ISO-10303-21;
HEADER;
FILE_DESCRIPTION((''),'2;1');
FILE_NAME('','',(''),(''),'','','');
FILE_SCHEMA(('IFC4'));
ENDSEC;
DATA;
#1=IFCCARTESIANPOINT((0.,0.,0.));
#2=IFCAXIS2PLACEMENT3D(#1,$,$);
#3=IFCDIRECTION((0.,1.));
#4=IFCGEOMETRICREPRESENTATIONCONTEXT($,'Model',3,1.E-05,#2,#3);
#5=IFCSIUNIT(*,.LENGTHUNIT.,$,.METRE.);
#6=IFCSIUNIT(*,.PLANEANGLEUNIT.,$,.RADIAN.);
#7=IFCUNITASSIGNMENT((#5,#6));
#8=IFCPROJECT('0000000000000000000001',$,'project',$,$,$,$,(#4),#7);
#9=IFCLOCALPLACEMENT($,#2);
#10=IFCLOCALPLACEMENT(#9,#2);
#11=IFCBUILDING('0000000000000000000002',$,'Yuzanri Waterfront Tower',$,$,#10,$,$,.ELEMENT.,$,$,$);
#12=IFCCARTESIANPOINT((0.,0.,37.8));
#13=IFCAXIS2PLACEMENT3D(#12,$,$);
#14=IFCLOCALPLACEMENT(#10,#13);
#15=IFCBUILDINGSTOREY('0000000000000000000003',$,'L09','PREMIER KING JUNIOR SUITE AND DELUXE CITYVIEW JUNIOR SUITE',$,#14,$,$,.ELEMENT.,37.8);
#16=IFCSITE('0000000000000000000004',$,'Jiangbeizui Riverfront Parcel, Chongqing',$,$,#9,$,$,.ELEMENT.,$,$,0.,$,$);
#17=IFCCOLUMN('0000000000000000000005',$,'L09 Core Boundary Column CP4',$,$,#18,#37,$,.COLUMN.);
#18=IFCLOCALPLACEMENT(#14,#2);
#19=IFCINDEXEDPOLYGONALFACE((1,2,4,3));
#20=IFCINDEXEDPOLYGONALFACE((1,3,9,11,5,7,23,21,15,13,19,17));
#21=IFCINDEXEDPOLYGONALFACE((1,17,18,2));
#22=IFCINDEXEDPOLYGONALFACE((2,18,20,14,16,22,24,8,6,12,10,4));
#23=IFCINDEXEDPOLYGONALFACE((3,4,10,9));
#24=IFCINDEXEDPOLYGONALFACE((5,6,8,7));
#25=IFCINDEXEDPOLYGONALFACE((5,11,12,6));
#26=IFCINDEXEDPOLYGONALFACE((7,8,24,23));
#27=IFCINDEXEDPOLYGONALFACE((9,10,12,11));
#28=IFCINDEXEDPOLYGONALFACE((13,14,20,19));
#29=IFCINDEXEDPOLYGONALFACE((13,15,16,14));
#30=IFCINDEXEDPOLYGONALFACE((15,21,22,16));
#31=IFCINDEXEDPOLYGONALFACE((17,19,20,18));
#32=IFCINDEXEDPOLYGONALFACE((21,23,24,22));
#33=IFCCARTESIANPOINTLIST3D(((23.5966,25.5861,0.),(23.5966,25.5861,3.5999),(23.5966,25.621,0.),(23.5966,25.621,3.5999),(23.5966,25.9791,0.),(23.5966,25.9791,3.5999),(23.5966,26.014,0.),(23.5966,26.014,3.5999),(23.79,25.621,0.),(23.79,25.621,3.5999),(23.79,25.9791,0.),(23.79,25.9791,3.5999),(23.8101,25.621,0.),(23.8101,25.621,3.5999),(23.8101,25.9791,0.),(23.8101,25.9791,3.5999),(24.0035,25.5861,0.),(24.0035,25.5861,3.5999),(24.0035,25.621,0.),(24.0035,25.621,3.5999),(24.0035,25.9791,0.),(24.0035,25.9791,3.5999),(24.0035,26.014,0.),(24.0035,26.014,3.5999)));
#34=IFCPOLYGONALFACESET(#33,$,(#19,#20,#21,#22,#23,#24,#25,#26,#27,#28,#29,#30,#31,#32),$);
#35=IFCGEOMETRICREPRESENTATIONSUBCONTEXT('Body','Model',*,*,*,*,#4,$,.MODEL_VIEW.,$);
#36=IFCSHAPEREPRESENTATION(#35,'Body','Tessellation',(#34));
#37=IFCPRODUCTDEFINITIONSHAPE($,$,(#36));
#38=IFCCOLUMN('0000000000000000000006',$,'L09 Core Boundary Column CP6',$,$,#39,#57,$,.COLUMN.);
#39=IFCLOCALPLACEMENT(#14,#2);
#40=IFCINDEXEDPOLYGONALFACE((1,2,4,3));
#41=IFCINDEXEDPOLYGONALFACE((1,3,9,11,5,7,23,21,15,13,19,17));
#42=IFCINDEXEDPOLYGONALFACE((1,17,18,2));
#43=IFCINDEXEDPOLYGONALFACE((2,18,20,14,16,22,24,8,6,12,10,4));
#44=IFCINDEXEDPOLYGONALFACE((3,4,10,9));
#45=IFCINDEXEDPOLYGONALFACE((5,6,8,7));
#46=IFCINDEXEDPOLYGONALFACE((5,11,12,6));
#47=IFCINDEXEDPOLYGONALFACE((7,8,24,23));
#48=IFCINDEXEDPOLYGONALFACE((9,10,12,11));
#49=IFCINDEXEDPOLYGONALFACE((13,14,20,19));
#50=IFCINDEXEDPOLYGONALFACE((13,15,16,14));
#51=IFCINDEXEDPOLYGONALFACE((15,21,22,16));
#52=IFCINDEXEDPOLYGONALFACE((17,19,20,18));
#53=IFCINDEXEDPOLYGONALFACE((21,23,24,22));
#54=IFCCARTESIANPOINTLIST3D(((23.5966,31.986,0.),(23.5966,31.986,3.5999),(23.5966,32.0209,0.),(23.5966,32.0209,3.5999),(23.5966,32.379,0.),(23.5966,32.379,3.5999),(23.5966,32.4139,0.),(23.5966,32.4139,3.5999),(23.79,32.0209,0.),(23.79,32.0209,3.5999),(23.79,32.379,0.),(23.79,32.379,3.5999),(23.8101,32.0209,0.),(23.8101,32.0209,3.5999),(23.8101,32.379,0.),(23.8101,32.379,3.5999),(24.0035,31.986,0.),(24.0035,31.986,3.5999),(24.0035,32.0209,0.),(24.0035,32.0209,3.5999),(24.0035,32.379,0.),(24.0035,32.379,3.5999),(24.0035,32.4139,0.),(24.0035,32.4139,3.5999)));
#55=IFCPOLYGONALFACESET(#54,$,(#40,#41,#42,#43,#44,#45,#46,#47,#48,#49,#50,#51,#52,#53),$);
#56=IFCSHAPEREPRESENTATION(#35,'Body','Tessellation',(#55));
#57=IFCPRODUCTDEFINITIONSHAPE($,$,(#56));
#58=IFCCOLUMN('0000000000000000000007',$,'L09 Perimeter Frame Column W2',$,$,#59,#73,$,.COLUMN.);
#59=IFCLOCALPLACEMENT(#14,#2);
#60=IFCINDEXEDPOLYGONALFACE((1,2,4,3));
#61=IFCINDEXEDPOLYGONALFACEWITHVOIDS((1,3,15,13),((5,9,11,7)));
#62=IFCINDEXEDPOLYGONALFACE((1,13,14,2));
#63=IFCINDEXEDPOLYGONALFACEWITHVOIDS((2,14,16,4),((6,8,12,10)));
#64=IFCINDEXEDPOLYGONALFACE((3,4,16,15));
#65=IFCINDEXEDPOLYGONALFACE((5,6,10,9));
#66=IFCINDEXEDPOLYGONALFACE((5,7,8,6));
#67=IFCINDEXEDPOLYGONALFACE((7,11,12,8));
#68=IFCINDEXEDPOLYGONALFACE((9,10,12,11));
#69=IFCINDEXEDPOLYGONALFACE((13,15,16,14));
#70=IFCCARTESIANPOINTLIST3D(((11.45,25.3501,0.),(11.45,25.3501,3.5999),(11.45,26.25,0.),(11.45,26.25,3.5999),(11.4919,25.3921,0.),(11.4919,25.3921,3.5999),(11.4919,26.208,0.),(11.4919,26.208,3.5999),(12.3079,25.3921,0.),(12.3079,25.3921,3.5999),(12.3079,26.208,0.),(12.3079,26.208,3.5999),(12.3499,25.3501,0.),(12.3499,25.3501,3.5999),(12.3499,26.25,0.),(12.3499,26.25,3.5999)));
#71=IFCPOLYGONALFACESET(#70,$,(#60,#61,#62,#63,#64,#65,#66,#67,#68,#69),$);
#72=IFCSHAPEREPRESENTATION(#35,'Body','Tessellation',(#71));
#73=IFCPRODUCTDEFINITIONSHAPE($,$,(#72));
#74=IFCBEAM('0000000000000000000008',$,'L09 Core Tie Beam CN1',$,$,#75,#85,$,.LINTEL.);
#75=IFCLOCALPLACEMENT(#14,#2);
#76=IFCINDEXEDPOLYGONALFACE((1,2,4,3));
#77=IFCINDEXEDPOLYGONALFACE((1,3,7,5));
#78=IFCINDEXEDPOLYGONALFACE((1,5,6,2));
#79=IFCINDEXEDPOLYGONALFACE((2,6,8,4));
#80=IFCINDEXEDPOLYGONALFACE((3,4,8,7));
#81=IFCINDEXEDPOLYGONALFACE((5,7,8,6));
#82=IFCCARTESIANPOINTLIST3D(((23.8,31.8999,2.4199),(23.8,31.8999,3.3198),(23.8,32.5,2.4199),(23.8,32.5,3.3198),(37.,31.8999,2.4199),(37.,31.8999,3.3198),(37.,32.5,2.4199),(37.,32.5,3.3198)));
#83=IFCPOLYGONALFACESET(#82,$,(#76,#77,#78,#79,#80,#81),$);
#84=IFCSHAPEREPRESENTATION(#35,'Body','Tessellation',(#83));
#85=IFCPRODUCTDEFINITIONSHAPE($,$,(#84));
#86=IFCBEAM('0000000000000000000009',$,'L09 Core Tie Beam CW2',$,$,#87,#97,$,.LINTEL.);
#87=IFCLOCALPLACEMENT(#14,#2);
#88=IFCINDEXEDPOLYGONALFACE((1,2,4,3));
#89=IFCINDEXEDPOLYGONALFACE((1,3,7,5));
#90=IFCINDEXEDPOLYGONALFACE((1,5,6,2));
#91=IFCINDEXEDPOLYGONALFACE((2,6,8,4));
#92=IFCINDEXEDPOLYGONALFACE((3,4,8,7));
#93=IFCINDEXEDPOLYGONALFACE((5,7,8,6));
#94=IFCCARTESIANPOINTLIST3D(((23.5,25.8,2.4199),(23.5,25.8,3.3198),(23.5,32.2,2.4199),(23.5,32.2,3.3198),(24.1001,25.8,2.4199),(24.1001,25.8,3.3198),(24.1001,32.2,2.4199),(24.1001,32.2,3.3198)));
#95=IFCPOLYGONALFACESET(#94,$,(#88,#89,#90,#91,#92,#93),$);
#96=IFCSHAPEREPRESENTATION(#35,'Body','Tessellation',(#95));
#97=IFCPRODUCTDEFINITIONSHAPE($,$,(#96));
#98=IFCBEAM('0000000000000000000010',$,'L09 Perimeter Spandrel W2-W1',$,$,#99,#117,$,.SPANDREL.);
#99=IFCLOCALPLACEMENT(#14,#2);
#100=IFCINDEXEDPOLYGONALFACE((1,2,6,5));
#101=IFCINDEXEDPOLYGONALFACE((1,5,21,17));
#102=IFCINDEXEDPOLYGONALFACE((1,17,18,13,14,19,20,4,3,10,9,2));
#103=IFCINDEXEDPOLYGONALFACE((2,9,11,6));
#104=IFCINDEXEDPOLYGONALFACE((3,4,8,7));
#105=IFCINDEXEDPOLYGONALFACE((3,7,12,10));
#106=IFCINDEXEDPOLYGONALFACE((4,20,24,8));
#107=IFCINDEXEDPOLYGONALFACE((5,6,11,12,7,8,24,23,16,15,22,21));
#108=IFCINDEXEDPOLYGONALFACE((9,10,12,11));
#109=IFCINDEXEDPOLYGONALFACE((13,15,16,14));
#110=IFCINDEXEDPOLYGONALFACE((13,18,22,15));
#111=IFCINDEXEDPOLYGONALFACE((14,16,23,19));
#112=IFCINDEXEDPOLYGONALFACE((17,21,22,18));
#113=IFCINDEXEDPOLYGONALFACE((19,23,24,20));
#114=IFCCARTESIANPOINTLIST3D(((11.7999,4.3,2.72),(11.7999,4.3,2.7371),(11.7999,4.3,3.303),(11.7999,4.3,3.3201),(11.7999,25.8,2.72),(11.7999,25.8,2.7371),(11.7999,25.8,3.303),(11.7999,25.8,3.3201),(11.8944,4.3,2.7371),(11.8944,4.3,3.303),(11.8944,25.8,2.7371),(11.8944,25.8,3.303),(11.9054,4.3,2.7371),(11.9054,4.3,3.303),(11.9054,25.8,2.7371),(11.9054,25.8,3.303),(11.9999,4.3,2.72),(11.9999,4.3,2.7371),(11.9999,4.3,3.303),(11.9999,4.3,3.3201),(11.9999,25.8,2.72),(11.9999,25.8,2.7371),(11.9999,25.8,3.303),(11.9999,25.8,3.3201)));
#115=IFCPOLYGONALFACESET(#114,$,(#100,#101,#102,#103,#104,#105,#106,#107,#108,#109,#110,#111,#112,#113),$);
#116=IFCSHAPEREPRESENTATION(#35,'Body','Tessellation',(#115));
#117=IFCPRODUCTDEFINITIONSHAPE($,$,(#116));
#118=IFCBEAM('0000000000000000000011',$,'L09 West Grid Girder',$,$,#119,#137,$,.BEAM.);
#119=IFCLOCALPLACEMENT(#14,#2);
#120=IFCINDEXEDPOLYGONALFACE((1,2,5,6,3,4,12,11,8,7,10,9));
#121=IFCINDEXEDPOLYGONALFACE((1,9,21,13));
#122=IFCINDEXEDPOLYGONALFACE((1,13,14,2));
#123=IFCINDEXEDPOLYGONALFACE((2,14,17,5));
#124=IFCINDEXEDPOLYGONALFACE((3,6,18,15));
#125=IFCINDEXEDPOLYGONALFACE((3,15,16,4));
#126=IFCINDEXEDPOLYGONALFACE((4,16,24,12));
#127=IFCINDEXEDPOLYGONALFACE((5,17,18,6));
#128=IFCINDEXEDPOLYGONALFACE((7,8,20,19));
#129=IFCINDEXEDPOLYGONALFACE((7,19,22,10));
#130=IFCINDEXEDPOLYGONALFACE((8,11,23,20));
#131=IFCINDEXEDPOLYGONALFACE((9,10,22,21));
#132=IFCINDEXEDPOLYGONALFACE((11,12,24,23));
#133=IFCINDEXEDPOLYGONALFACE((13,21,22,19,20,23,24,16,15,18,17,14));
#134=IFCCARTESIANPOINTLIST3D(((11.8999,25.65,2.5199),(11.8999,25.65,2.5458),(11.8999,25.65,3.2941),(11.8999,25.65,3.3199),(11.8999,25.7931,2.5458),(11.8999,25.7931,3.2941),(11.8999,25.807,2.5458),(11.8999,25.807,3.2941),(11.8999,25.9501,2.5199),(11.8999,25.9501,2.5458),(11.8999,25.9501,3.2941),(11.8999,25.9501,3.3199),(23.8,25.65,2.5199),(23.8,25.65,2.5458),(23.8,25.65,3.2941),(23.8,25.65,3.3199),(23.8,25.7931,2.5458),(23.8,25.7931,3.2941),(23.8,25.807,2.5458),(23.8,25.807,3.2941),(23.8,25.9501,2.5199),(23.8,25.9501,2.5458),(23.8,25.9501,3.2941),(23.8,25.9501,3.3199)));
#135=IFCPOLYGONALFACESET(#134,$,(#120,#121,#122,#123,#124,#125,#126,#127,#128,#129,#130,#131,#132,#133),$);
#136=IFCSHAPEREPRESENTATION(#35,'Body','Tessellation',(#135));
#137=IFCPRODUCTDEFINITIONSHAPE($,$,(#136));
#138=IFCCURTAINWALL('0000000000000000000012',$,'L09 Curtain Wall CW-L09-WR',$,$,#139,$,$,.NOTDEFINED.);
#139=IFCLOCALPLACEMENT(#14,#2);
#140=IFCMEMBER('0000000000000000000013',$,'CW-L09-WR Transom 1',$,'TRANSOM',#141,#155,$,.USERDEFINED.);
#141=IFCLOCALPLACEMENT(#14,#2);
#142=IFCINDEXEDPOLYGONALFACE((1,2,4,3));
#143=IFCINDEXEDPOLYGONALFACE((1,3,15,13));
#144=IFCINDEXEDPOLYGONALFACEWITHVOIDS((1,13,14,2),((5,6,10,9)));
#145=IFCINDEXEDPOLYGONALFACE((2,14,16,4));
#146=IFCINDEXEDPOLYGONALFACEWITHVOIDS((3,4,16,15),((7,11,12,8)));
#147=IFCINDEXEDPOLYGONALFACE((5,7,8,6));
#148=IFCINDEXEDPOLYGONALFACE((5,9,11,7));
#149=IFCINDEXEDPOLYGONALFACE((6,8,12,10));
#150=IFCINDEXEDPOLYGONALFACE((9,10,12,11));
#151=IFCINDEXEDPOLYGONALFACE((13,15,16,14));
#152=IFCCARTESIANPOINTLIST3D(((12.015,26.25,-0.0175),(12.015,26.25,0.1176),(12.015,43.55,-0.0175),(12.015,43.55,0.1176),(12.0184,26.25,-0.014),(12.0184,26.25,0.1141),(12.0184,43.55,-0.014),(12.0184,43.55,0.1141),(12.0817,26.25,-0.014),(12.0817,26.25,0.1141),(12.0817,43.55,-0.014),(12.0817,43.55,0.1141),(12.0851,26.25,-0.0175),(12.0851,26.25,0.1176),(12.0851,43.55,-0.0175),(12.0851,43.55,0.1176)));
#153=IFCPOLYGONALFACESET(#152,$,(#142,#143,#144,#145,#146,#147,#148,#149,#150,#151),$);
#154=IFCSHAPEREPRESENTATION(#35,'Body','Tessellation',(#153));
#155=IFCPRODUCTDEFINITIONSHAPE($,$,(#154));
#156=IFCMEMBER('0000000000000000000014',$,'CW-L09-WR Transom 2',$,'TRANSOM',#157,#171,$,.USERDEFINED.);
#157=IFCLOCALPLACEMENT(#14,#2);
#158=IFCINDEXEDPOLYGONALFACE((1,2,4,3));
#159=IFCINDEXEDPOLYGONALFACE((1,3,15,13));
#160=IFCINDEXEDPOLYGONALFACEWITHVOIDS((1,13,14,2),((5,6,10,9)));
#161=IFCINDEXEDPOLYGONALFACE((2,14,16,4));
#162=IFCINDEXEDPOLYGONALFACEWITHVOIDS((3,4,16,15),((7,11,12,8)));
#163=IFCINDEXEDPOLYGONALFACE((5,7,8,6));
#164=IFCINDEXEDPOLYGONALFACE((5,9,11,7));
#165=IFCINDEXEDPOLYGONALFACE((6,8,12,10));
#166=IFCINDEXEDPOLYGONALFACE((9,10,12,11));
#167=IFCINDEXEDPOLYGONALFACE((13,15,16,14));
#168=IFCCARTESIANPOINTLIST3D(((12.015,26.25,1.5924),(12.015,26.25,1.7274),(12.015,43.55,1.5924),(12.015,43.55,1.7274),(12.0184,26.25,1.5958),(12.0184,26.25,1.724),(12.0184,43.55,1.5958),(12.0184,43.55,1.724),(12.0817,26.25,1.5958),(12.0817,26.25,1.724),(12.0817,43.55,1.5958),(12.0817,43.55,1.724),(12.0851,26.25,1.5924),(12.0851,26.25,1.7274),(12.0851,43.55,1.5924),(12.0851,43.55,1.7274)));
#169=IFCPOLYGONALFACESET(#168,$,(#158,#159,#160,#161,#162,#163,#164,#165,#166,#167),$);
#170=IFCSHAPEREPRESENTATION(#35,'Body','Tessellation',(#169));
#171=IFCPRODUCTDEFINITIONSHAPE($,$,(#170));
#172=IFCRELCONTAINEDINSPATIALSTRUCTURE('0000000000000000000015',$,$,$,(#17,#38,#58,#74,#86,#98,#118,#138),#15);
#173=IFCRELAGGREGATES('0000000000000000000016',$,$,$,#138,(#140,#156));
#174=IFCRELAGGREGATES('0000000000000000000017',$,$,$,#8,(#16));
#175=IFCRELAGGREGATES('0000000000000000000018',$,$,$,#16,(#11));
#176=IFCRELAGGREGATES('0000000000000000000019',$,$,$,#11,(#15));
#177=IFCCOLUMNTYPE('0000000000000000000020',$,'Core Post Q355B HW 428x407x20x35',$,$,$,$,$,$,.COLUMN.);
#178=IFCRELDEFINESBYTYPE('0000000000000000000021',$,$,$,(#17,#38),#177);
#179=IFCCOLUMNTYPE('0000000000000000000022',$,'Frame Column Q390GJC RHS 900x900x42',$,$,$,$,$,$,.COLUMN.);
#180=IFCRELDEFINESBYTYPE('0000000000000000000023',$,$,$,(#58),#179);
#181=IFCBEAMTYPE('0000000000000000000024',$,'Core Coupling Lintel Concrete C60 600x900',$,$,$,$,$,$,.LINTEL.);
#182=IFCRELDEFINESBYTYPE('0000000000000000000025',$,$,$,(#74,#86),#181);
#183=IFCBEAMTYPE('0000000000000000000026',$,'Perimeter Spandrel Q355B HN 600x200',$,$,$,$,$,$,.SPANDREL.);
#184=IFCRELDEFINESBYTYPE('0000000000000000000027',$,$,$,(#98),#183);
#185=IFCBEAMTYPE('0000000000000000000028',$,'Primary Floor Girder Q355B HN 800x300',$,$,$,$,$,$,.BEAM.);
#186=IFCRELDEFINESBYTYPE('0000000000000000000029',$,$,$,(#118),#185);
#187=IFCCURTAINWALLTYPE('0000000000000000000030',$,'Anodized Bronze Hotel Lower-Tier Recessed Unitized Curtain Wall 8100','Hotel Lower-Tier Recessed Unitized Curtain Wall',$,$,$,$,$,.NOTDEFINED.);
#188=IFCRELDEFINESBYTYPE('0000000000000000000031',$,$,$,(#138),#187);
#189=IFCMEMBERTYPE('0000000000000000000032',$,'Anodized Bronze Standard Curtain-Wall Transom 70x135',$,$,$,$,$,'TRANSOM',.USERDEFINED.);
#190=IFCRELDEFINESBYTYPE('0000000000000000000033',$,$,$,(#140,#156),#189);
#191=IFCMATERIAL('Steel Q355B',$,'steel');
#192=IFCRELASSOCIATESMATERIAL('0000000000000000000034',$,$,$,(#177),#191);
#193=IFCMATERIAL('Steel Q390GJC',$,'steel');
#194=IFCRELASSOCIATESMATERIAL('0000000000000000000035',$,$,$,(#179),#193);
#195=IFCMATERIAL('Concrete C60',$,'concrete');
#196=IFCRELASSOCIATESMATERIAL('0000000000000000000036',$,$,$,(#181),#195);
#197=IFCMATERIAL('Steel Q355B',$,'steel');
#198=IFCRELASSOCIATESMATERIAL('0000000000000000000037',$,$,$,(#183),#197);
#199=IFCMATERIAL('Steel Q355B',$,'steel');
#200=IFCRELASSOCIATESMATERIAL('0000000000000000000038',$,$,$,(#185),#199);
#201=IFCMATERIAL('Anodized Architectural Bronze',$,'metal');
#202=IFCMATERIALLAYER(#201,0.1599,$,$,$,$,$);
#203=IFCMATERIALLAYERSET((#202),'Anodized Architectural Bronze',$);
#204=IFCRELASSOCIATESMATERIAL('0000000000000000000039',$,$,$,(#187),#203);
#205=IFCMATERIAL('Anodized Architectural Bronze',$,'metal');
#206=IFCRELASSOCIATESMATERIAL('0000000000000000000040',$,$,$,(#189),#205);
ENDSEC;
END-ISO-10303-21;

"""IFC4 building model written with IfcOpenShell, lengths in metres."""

from ifc_helpers import new_model, si_unit, direction, frame, origin, origin_2d, place, context, subcontext, project, spatial, rectangle, hollow_rectangle, i_section, extrude, source, transform, mapped, material, layer, layer_set, material_profile, profile_set, type_object, element, aggregate, save


model = new_model("IFC4")

# Units and contexts
model_context = context("Model", 3, precision=1e-05, world=origin(), true_north=direction((0.0, 1.0)))
body_context = subcontext(model_context, "Body", "Model", "MODEL_VIEW")
ifc_project = project(units=[si_unit("LENGTHUNIT", "METRE"), si_unit("PLANEANGLEUNIT", "RADIAN")], contexts=[model_context])

# Site, building, storey
site_placement = place(None, origin())
site = spatial("IfcSite", under=ifc_project, at=site_placement, Name="Jiangbeizui Riverfront Parcel, Chongqing", CompositionType="ELEMENT", RefElevation=0.0)
building_placement = place(site_placement, origin())
building = spatial("IfcBuilding", under=site, at=building_placement, Name="Yuzanri Waterfront Tower", CompositionType="ELEMENT")
storey_placement = place(building_placement, frame((0.0, 0.0, 37.8)))
storey = spatial("IfcBuildingStorey", under=building, at=storey_placement, Name="L09", Description="PREMIER KING JUNIOR SUITE AND DELUXE CITYVIEW JUNIOR SUITE", CompositionType="ELEMENT", Elevation=37.8)

# Columns
ifc_material_1 = material(Name="Steel Q355B", Category="steel")
ifc_material_profile_1 = material_profile(ifc_material_1, i_section(OverallWidth=0.407, OverallDepth=0.428, WebThickness=0.02, FlangeThickness=0.0349, at=origin_2d()), Name="HW 428x407x20x35")
ifc_profile_set_1 = profile_set([ifc_material_profile_1], Name="Steel Q355B")
column_type_1 = type_object("IfcColumnType", Name="Core Post Q355B HW 428x407x20x35", PredefinedType="COLUMN", material=ifc_profile_set_1)
shared_shape_1 = source(origin(), body_context, "Body", "SweptSolid", [
    extrude(i_section(OverallWidth=0.407, OverallDepth=0.428, WebThickness=0.02, FlangeThickness=0.0349, at=origin_2d()), origin(), (0.0, 0.0, 1.0), 3.5999),
])
for number, where, z_axis, x_axis, name in (
    (1, (23.8, 25.8, 0.0), (0.0, 0.0, 1.0), (1.0, 0.0, 0.0), "L09 Core Boundary Column CP4"),
    (2, (23.8, 32.2, 0.0), (0.0, 0.0, 1.0), (1.0, 0.0, 0.0), "L09 Core Boundary Column CP6"),
):
    element("IfcColumn", number, at=place(storey_placement, frame(where, z_axis=z_axis, x_axis=x_axis)), inside=storey, type_object=column_type_1, Name=name, PredefinedType="COLUMN", context=body_context, shape_type="MappedRepresentation", body=[
        mapped(shared_shape_1, transform((0.0, 0.0, 0.0), scale=1.0)),
    ])
ifc_material_2 = material(Name="Steel Q390GJC", Category="steel")
ifc_material_profile_2 = material_profile(ifc_material_2, hollow_rectangle(XDim=0.8999, YDim=0.8999, WallThickness=0.042, at=origin_2d()), Name="RHS 900x900x42")
ifc_profile_set_2 = profile_set([ifc_material_profile_2], Name="Steel Q390GJC")
column_type_2 = type_object("IfcColumnType", Name="Frame Column Q390GJC RHS 900x900x42", PredefinedType="COLUMN", material=ifc_profile_set_2)
shared_shape_2 = source(origin(), body_context, "Body", "SweptSolid", [
    extrude(hollow_rectangle(XDim=0.8999, YDim=0.8999, WallThickness=0.042, at=origin_2d()), origin(), (0.0, 0.0, 1.0), 3.5999),
])
column_placement = place(storey_placement, frame((11.8999, 25.8, 0.0), z_axis=(0.0, 0.0, 1.0), x_axis=(1.0, 0.0, 0.0)))
element("IfcColumn", 3, at=column_placement, inside=storey, type_object=column_type_2, Name="L09 Perimeter Frame Column W2", PredefinedType="COLUMN", context=body_context, shape_type="MappedRepresentation", body=[
    mapped(shared_shape_2, transform((0.0, 0.0, 0.0), scale=1.0)),
])

# Beams
ifc_material_3 = material(Name="Concrete C60", Category="concrete")
ifc_material_profile_3 = material_profile(ifc_material_3, rectangle(XDim=0.6001, YDim=0.8999, at=origin_2d()), Name="RC 600x900")
ifc_profile_set_3 = profile_set([ifc_material_profile_3], Name="Concrete C60")
beam_type_1 = type_object("IfcBeamType", Name="Core Coupling Lintel Concrete C60 600x900", PredefinedType="LINTEL", material=ifc_profile_set_3)
shared_shape_3 = source(origin(), body_context, "Body", "SweptSolid", [
    extrude(rectangle(XDim=0.6001, YDim=0.8999, at=origin_2d()), origin(), (0.0, 0.0, 1.0), 13.2),
])
beam_1_placement = place(storey_placement, frame((23.8, 32.2, 2.8699), z_axis=(1.0, 0.0, 0.0), x_axis=(0.0, 1.0, 0.0)))
element("IfcBeam", 4, at=beam_1_placement, inside=storey, type_object=beam_type_1, Name="L09 Core Tie Beam CN1", PredefinedType="LINTEL", context=body_context, shape_type="MappedRepresentation", body=[
    mapped(shared_shape_3, transform((0.0, 0.0, 0.0), scale=1.0)),
])
shared_shape_4 = source(origin(), body_context, "Body", "SweptSolid", [
    extrude(rectangle(XDim=0.6001, YDim=0.8999, at=origin_2d()), origin(), (0.0, 0.0, 1.0), 6.3999),
])
beam_2_placement = place(storey_placement, frame((23.8, 25.8, 2.8699), z_axis=(0.0, 1.0, 0.0), x_axis=(-1.0, 0.0, 0.0)))
element("IfcBeam", 5, at=beam_2_placement, inside=storey, type_object=beam_type_1, Name="L09 Core Tie Beam CW2", PredefinedType="LINTEL", context=body_context, shape_type="MappedRepresentation", body=[
    mapped(shared_shape_4, transform((0.0, 0.0, 0.0), scale=1.0)),
])
ifc_material_4 = material(Name="Steel Q355B", Category="steel")
ifc_material_profile_4 = material_profile(ifc_material_4, i_section(OverallWidth=0.2, OverallDepth=0.6001, WebThickness=0.011, FlangeThickness=0.0171, at=origin_2d()), Name="HN 600x200x11x17")
ifc_profile_set_4 = profile_set([ifc_material_profile_4], Name="Steel Q355B")
beam_type_2 = type_object("IfcBeamType", Name="Perimeter Spandrel Q355B HN 600x200", PredefinedType="SPANDREL", material=ifc_profile_set_4)
shared_shape_5 = source(origin(), body_context, "Body", "SweptSolid", [
    extrude(i_section(OverallWidth=0.2, OverallDepth=0.6001, WebThickness=0.011, FlangeThickness=0.0171, at=origin_2d()), origin(), (0.0, 0.0, 1.0), 21.5),
])
beam_3_placement = place(storey_placement, frame((11.8999, 25.8, 3.02), z_axis=(0.0, -1.0, 0.0), x_axis=(1.0, 0.0, 0.0)))
element("IfcBeam", 6, at=beam_3_placement, inside=storey, type_object=beam_type_2, Name="L09 Perimeter Spandrel W2-W1", PredefinedType="SPANDREL", context=body_context, shape_type="MappedRepresentation", body=[
    mapped(shared_shape_5, transform((0.0, 0.0, 0.0), scale=1.0)),
])
ifc_material_5 = material(Name="Steel Q355B", Category="steel")
ifc_material_profile_5 = material_profile(ifc_material_5, i_section(OverallWidth=0.3, OverallDepth=0.8, WebThickness=0.0139, FlangeThickness=0.0259, at=origin_2d()), Name="HN 800x300x14x26")
ifc_profile_set_5 = profile_set([ifc_material_profile_5], Name="Steel Q355B")
beam_type_3 = type_object("IfcBeamType", Name="Primary Floor Girder Q355B HN 800x300", PredefinedType="BEAM", material=ifc_profile_set_5)
shared_shape_6 = source(origin(), body_context, "Body", "SweptSolid", [
    extrude(i_section(OverallWidth=0.3, OverallDepth=0.8, WebThickness=0.0139, FlangeThickness=0.0259, at=origin_2d()), origin(), (0.0, 0.0, 1.0), 11.9001),
])
beam_4_placement = place(storey_placement, frame((23.8, 25.8, 2.9199), z_axis=(-1.0, 0.0, 0.0), x_axis=(0.0, -1.0, 0.0)))
element("IfcBeam", 7, at=beam_4_placement, inside=storey, type_object=beam_type_3, Name="L09 West Grid Girder", PredefinedType="BEAM", context=body_context, shape_type="MappedRepresentation", body=[
    mapped(shared_shape_6, transform((0.0, 0.0, 0.0), scale=1.0)),
])

# Curtain wall, members
ifc_material_6 = material(Name="Anodized Architectural Bronze", Category="metal")
ifc_layer_1 = layer(ifc_material_6, 0.1599)
ifc_layer_set_1 = layer_set([ifc_layer_1], Name="Anodized Architectural Bronze")
curtain_wall_type = type_object("IfcCurtainWallType", Name="Anodized Bronze Hotel Lower-Tier Recessed Unitized Curtain Wall 8100", Description="Hotel Lower-Tier Recessed Unitized Curtain Wall", PredefinedType="NOTDEFINED", material=ifc_layer_set_1)
curtain_wall_1_placement = place(storey_placement, origin())
curtain_wall_1 = element("IfcCurtainWall", 8, at=curtain_wall_1_placement, inside=storey, type_object=curtain_wall_type, Name="L09 Curtain Wall CW-L09-WR", PredefinedType="NOTDEFINED")
ifc_material_7 = material(Name="Anodized Architectural Bronze", Category="metal")
ifc_material_profile_6 = material_profile(ifc_material_7, hollow_rectangle(XDim=0.0701, YDim=0.135, WallThickness=0.0034, at=origin_2d()), Name="CWT 70x135")
ifc_profile_set_6 = profile_set([ifc_material_profile_6], Name="Anodized Architectural Bronze")
member_type_1 = type_object("IfcMemberType", Name="Anodized Bronze Standard Curtain-Wall Transom 70x135", ElementType="TRANSOM", PredefinedType="USERDEFINED", material=ifc_profile_set_6)
shared_shape_7 = source(origin(), body_context, "Body", "SweptSolid", [
    extrude(hollow_rectangle(XDim=0.0701, YDim=0.135, WallThickness=0.0034, at=origin_2d()), origin(), (0.0, 0.0, 1.0), 17.3),
])
member_1_placement = place(storey_placement, frame((12.05, 26.25, 0.05), z_axis=(0.0, 1.0, 0.0), x_axis=(-1.0, 0.0, 0.0)))
member_1 = element("IfcMember", 9, at=member_1_placement, type_object=member_type_1, Name="CW-L09-WR Transom 1", ObjectType="TRANSOM", PredefinedType="USERDEFINED", context=body_context, shape_type="MappedRepresentation", body=[
    mapped(shared_shape_7, transform((0.0, 0.0, 0.0), scale=1.0)),
])
member_2_placement = place(storey_placement, frame((12.05, 26.25, 1.6599), z_axis=(0.0, 1.0, 0.0), x_axis=(-1.0, 0.0, 0.0)))
member_2 = element("IfcMember", 10, at=member_2_placement, type_object=member_type_1, Name="CW-L09-WR Transom 2", ObjectType="TRANSOM", PredefinedType="USERDEFINED", context=body_context, shape_type="MappedRepresentation", body=[
    mapped(shared_shape_7, transform((0.0, 0.0, 0.0), scale=1.0)),
])

aggregate(curtain_wall_1, [member_1, member_2])

save(model, "model.ifc")
